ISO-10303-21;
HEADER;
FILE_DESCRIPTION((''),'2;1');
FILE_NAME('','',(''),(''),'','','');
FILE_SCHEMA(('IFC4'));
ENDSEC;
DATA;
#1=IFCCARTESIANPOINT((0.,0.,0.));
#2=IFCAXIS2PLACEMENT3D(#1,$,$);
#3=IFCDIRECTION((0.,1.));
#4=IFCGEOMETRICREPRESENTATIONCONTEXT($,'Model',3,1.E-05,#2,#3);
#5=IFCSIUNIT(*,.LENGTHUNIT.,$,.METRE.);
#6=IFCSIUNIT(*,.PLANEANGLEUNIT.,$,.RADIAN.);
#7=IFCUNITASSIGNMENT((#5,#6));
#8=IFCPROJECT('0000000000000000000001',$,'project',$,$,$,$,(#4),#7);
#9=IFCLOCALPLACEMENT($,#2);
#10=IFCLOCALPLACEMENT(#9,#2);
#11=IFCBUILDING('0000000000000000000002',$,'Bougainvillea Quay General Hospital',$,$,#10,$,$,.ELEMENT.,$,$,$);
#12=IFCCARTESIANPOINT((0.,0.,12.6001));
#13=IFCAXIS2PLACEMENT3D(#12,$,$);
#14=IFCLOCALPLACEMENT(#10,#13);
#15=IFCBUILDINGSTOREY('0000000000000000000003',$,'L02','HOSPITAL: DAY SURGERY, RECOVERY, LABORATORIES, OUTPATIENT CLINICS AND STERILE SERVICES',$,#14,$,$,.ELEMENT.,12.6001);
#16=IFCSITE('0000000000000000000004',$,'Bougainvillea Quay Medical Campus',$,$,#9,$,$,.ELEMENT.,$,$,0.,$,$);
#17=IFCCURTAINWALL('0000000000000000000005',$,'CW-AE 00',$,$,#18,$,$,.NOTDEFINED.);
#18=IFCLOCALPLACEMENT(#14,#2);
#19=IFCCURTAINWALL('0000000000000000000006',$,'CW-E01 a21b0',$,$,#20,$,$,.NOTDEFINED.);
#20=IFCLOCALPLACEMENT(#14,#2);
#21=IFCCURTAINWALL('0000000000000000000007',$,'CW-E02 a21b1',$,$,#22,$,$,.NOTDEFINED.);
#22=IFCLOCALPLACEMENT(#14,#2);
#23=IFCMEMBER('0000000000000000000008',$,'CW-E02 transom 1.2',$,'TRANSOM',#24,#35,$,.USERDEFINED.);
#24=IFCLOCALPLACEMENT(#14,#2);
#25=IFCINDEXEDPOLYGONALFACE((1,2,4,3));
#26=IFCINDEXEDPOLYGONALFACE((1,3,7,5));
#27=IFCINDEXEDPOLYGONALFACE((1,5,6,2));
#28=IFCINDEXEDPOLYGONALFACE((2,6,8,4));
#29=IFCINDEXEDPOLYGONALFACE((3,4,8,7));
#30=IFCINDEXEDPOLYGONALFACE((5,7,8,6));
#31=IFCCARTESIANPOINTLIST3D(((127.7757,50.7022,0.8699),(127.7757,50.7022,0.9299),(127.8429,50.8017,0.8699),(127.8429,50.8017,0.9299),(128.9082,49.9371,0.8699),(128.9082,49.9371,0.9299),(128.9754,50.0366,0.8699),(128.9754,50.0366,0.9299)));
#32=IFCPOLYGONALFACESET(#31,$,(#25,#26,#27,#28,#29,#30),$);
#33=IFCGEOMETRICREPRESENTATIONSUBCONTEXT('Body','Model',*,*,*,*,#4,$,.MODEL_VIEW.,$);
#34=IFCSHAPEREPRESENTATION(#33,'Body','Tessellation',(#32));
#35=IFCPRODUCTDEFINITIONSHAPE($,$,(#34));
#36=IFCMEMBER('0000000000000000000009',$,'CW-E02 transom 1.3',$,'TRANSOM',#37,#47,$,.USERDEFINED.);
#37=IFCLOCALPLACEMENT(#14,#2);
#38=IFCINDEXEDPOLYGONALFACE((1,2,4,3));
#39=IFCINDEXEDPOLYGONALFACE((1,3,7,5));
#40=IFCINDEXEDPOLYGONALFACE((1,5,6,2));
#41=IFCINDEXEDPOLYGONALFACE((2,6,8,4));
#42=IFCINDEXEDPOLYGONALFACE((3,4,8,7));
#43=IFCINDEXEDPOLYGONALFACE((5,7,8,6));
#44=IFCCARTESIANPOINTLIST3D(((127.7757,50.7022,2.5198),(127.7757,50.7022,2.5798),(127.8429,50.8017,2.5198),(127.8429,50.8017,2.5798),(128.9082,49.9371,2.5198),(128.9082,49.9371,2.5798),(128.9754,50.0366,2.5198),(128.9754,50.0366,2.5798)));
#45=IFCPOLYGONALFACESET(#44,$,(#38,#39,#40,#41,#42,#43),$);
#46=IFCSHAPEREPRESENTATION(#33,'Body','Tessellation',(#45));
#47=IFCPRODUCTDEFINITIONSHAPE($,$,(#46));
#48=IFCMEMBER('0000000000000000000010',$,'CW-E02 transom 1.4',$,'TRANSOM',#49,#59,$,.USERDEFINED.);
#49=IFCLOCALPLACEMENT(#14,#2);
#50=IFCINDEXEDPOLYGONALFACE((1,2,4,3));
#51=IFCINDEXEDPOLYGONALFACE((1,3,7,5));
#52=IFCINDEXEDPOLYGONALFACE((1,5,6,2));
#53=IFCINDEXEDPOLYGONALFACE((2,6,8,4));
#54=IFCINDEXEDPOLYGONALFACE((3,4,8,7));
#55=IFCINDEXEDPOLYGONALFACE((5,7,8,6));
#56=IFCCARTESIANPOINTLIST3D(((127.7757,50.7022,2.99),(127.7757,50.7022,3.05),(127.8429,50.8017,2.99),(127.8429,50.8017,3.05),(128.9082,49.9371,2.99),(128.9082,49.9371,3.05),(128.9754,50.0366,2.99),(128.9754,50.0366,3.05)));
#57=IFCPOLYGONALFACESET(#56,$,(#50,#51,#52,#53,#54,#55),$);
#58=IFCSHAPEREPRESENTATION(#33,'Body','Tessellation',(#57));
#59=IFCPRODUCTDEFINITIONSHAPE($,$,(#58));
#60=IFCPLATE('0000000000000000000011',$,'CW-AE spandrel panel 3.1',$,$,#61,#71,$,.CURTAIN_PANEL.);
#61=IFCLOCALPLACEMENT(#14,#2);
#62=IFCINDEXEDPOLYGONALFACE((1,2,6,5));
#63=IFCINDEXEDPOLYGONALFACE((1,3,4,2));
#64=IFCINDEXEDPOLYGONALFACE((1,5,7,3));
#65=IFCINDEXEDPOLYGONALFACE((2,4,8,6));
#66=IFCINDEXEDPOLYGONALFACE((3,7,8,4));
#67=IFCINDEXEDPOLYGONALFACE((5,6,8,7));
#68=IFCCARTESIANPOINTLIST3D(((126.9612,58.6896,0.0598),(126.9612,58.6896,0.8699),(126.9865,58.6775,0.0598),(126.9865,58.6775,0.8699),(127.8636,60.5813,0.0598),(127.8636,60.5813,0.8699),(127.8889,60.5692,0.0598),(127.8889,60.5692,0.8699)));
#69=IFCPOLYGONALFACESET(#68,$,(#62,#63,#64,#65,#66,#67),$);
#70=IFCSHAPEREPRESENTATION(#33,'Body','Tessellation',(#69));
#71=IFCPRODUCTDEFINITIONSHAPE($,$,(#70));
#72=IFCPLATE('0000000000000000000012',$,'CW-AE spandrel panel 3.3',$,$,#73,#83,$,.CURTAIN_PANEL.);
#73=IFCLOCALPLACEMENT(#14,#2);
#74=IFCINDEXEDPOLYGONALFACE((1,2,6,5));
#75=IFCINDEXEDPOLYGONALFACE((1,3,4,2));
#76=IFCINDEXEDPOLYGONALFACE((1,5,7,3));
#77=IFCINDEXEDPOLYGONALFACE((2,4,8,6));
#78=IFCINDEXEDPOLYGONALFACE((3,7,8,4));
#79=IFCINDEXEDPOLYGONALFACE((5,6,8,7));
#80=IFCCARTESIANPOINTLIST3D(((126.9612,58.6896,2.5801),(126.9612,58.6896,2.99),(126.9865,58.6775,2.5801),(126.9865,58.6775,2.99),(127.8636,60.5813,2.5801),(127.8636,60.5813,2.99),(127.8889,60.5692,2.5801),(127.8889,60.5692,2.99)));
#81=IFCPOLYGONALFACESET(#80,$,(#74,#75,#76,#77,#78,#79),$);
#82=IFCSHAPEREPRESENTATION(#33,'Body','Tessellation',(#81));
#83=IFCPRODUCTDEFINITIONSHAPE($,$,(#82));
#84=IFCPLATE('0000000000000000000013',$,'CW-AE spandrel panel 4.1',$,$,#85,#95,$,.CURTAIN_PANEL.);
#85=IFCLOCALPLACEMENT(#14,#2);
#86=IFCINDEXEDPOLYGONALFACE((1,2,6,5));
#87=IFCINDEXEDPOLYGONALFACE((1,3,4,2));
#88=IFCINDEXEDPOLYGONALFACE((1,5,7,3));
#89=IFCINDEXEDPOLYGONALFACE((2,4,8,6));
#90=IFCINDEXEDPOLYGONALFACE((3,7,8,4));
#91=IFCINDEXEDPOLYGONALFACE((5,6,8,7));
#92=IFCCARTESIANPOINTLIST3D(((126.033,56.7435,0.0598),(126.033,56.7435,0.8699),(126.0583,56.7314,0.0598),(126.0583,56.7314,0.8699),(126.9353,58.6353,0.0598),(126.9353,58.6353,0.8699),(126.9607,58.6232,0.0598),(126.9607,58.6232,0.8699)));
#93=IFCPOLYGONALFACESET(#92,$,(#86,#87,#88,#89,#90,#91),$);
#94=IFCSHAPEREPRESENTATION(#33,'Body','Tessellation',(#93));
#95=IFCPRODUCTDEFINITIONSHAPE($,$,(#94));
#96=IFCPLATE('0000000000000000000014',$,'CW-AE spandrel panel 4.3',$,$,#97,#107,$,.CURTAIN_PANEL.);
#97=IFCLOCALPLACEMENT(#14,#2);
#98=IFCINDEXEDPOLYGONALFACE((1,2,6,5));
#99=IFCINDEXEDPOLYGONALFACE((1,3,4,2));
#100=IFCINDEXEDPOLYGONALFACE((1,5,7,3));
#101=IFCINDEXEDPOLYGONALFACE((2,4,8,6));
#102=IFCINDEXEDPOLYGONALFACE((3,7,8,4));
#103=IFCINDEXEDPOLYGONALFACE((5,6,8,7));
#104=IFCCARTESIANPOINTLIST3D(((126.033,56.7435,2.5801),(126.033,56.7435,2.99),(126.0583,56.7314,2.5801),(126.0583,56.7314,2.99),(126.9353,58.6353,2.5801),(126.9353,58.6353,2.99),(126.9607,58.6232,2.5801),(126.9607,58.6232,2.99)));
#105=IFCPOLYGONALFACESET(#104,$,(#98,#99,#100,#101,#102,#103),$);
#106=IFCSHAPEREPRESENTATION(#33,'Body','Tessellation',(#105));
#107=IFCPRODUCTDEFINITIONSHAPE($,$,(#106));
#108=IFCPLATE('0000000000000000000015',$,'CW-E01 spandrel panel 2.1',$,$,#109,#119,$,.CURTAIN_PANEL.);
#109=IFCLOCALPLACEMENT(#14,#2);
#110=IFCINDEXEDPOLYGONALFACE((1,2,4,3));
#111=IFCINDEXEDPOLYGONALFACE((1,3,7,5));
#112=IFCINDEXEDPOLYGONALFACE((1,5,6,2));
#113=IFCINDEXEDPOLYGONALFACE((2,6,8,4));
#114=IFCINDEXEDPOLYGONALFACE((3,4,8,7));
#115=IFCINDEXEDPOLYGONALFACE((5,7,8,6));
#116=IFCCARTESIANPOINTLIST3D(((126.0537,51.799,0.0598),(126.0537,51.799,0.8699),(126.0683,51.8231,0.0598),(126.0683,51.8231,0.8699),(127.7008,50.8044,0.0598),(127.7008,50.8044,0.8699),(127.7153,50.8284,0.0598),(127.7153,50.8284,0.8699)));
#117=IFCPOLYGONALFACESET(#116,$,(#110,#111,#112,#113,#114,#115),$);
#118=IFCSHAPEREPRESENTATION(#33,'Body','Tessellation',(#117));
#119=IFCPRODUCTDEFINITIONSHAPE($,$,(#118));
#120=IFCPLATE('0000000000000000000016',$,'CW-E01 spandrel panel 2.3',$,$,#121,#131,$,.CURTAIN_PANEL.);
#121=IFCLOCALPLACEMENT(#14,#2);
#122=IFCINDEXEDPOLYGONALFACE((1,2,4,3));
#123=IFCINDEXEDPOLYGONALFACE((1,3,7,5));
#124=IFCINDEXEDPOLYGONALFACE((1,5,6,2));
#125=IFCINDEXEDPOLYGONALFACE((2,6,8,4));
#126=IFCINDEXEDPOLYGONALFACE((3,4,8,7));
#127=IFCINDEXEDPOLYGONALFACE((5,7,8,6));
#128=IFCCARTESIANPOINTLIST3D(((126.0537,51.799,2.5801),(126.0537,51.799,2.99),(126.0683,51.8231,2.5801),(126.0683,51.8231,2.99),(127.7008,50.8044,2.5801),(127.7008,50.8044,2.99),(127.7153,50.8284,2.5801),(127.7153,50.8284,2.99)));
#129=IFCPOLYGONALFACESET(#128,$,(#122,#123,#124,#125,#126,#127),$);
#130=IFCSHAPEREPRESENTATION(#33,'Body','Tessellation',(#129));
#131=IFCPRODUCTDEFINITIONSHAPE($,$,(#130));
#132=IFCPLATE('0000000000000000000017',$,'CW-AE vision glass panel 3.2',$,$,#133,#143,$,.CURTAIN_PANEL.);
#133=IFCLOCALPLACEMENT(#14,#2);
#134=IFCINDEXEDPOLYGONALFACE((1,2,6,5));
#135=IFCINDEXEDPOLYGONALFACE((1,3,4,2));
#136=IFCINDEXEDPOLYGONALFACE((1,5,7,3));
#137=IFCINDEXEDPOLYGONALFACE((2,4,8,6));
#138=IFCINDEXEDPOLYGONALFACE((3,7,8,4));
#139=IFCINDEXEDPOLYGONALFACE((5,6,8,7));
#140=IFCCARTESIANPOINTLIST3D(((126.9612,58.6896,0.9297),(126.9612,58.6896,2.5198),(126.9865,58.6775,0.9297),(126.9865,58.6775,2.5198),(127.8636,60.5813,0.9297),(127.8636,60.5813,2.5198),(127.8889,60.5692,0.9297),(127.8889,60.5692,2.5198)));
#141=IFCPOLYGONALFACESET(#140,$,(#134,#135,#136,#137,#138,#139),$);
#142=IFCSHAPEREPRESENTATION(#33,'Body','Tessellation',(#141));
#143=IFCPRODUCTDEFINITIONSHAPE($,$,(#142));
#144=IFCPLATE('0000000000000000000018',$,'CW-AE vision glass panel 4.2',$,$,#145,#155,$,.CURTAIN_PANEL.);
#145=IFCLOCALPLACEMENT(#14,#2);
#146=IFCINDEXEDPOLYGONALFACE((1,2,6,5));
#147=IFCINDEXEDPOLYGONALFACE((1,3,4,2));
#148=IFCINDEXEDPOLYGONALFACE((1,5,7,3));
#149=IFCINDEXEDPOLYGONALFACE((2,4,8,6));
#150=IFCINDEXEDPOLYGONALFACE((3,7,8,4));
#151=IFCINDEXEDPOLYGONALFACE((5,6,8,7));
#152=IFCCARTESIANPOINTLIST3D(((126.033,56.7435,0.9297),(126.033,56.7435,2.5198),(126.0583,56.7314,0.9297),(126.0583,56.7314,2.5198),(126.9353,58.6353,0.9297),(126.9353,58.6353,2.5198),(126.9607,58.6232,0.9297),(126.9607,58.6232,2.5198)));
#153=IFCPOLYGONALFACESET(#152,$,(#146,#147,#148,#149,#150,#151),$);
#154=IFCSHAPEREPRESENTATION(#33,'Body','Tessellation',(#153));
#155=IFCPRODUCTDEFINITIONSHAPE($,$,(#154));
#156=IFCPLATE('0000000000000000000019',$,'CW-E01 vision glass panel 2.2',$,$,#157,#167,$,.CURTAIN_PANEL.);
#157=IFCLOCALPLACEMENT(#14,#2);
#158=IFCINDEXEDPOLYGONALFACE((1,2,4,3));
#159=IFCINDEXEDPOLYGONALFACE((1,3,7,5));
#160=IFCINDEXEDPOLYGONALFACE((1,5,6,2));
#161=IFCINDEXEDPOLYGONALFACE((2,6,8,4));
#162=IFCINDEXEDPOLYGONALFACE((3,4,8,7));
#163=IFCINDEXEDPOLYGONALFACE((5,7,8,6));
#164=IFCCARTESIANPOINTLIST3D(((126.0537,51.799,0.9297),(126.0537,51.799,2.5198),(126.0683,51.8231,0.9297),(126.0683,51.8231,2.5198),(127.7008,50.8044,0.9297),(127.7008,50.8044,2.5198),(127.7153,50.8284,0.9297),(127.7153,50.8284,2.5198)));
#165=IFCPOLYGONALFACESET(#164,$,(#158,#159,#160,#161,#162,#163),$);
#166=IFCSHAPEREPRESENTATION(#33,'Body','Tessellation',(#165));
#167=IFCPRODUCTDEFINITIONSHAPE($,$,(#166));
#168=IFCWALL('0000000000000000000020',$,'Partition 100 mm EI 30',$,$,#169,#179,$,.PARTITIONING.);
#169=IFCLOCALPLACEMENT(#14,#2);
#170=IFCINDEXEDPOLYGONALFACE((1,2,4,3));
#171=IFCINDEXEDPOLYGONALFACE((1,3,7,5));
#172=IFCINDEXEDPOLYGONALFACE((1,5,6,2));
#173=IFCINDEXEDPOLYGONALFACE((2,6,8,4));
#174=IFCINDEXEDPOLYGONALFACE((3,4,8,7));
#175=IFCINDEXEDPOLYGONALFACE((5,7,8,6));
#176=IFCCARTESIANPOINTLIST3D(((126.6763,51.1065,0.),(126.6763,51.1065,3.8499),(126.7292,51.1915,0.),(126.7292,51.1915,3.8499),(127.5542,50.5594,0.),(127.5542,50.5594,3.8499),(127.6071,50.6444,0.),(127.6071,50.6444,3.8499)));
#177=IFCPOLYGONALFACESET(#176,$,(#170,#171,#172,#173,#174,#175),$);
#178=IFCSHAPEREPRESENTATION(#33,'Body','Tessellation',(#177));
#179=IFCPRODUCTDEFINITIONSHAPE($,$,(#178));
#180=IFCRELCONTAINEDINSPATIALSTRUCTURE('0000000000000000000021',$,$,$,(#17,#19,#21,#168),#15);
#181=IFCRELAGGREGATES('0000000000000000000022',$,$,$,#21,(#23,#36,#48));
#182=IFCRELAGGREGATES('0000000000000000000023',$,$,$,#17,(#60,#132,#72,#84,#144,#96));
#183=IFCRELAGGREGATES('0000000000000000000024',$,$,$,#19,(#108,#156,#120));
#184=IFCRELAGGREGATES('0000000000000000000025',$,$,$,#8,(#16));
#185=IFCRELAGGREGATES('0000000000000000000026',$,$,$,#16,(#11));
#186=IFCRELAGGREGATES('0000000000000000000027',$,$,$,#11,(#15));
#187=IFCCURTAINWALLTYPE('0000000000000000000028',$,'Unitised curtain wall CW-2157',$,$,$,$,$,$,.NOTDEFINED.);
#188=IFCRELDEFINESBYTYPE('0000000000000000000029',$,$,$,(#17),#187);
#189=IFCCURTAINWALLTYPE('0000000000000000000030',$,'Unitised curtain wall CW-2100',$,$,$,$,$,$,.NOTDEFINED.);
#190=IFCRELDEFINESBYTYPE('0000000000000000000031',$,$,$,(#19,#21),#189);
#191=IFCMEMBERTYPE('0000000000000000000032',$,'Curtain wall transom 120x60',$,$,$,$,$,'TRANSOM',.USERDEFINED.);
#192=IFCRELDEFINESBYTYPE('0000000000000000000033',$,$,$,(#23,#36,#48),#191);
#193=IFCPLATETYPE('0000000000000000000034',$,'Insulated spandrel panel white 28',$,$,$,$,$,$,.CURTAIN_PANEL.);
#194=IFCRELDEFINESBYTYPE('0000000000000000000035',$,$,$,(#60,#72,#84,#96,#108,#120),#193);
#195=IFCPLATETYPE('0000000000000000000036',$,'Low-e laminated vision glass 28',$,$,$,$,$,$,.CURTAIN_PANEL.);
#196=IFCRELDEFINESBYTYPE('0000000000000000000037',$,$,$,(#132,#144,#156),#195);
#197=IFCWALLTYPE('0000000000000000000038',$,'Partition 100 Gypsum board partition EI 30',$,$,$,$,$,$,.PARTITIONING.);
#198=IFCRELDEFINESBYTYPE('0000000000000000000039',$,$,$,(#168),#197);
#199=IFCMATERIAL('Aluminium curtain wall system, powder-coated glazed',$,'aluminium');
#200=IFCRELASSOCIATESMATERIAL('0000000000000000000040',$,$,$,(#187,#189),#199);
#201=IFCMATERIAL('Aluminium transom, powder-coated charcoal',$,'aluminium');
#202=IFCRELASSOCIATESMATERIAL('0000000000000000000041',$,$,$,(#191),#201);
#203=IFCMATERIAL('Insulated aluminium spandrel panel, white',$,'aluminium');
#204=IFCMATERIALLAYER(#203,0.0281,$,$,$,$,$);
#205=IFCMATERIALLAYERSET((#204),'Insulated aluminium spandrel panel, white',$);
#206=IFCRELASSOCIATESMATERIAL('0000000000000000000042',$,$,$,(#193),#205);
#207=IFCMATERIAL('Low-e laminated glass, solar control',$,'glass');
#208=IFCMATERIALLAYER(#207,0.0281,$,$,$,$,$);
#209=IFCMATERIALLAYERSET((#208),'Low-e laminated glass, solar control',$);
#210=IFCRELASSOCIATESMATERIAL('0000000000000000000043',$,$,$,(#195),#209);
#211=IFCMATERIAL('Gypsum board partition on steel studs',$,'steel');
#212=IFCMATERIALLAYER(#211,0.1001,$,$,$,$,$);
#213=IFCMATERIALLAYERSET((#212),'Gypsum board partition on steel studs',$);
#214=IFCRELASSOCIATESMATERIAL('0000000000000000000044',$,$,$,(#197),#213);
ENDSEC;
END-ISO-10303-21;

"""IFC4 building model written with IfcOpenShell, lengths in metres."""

from ifc_helpers import new_model, si_unit, direction, frame, frame_2d, origin, origin_2d, place, context, subcontext, project, spatial, rectangle, extrude, material, layer, layer_set, material_profile, profile_set, type_object, element, aggregate, save


model = new_model("IFC4")

# Units and contexts
model_context = context("Model", 3, precision=1e-05, world=origin(), true_north=direction((0.0, 1.0)))
body_context = subcontext(model_context, "Body", "Model", "MODEL_VIEW")
ifc_project = project(units=[si_unit("LENGTHUNIT", "METRE"), si_unit("PLANEANGLEUNIT", "RADIAN")], contexts=[model_context])

# Site, building, storey
site_placement = place(None, origin())
site = spatial("IfcSite", under=ifc_project, at=site_placement, Name="Bougainvillea Quay Medical Campus", CompositionType="ELEMENT", RefElevation=0.0)
building_placement = place(site_placement, origin())
building = spatial("IfcBuilding", under=site, at=building_placement, Name="Bougainvillea Quay General Hospital", CompositionType="ELEMENT")
storey_placement = place(building_placement, frame((0.0, 0.0, 12.6001)))
storey = spatial("IfcBuildingStorey", under=building, at=storey_placement, Name="L02", Description="HOSPITAL: DAY SURGERY, RECOVERY, LABORATORIES, OUTPATIENT CLINICS AND STERILE SERVICES", CompositionType="ELEMENT", Elevation=12.6001)

# Curtain walls
ifc_material_1 = material(Name="Aluminium curtain wall system, powder-coated glazed", Category="aluminium")
curtain_wall_type_1 = type_object("IfcCurtainWallType", Name="Unitised curtain wall CW-2157", PredefinedType="NOTDEFINED", material=ifc_material_1)
curtain_wall_1_placement = place(storey_placement, origin())
curtain_wall_1 = element("IfcCurtainWall", 1, at=curtain_wall_1_placement, inside=storey, type_object=curtain_wall_type_1, Name="CW-AE 00", PredefinedType="NOTDEFINED")
curtain_wall_type_2 = type_object("IfcCurtainWallType", Name="Unitised curtain wall CW-2100", PredefinedType="NOTDEFINED", material=ifc_material_1)
curtain_wall_2_placement = place(storey_placement, origin())
curtain_wall_2 = element("IfcCurtainWall", 2, at=curtain_wall_2_placement, inside=storey, type_object=curtain_wall_type_2, Name="CW-E01 a21b0", PredefinedType="NOTDEFINED")
curtain_wall_3_placement = place(storey_placement, origin())
curtain_wall_3 = element("IfcCurtainWall", 3, at=curtain_wall_3_placement, inside=storey, type_object=curtain_wall_type_2, Name="CW-E02 a21b1", PredefinedType="NOTDEFINED")

# Members
ifc_material_2 = material(Name="Aluminium transom, powder-coated charcoal", Category="aluminium")
ifc_material_profile_1 = material_profile(ifc_material_2, rectangle(XDim=0.1201, YDim=0.0601, at=origin_2d()))
ifc_profile_set_1 = profile_set([ifc_material_profile_1], Name="Aluminium transom, powder-coated charcoal")
member_type_1 = type_object("IfcMemberType", Name="Curtain wall transom 120x60", ElementType="TRANSOM", PredefinedType="USERDEFINED", material=ifc_profile_set_1)
member_1_placement = place(storey_placement, frame((127.8093, 50.752, 0.8999), z_axis=(0.828627, -0.559801, 0.0), x_axis=(0.559801, 0.828627, 0.0)))
member_1 = element("IfcMember", 4, at=member_1_placement, type_object=member_type_1, Name="CW-E02 transom 1.2", ObjectType="TRANSOM", PredefinedType="USERDEFINED", context=body_context, shape_type="SweptSolid", body=[
    extrude(rectangle(XDim=0.1201, YDim=0.0601, at=origin_2d()), origin(), (0.0, 0.0, 1.0), 1.3667),
])
member_2_placement = place(storey_placement, frame((127.8093, 50.752, 2.5498), z_axis=(0.828627, -0.559801, 0.0), x_axis=(0.559801, 0.828627, 0.0)))
member_2 = element("IfcMember", 5, at=member_2_placement, type_object=member_type_1, Name="CW-E02 transom 1.3", ObjectType="TRANSOM", PredefinedType="USERDEFINED", context=body_context, shape_type="SweptSolid", body=[
    extrude(rectangle(XDim=0.1201, YDim=0.0601, at=origin_2d()), origin(), (0.0, 0.0, 1.0), 1.3667),
])
member_3_placement = place(storey_placement, frame((127.8093, 50.752, 3.02), z_axis=(0.828627, -0.559801, 0.0), x_axis=(0.559801, 0.828627, 0.0)))
member_3 = element("IfcMember", 6, at=member_3_placement, type_object=member_type_1, Name="CW-E02 transom 1.4", ObjectType="TRANSOM", PredefinedType="USERDEFINED", context=body_context, shape_type="SweptSolid", body=[
    extrude(rectangle(XDim=0.1201, YDim=0.0601, at=origin_2d()), origin(), (0.0, 0.0, 1.0), 1.3667),
])
aggregate(curtain_wall_3, [member_1, member_2, member_3])

# Plates
ifc_material_3 = material(Name="Insulated aluminium spandrel panel, white", Category="aluminium")
ifc_layer_1 = layer(ifc_material_3, 0.0281)
ifc_layer_set_1 = layer_set([ifc_layer_1], Name="Insulated aluminium spandrel panel, white")
plate_type_1 = type_object("IfcPlateType", Name="Insulated spandrel panel white 28", PredefinedType="CURTAIN_PANEL", material=ifc_layer_set_1)
plate_1_placement = place(storey_placement, frame((127.425, 59.6294, 0.0598), z_axis=(0.0, 0.0, 1.0), x_axis=(-0.43053, -0.902576, 0.0)))
plate_1 = element("IfcPlate", 7, at=plate_1_placement, type_object=plate_type_1, Name="CW-AE spandrel panel 3.1", PredefinedType="CURTAIN_PANEL", context=body_context, shape_type="SweptSolid", body=[
    extrude(rectangle(XDim=2.0959, YDim=0.0281, at=origin_2d()), origin(), (0.0, 0.0, 1.0), 0.8101),
])
plate_2_placement = place(storey_placement, frame((127.425, 59.6294, 2.5801), z_axis=(0.0, 0.0, 1.0), x_axis=(-0.43053, -0.902576, 0.0)))
plate_2 = element("IfcPlate", 8, at=plate_2_placement, type_object=plate_type_1, Name="CW-AE spandrel panel 3.3", PredefinedType="CURTAIN_PANEL", context=body_context, shape_type="SweptSolid", body=[
    extrude(rectangle(XDim=2.0959, YDim=0.0281, at=origin_2d()), origin(), (0.0, 0.0, 1.0), 0.4099),
])
plate_3_placement = place(storey_placement, frame((126.4968, 57.6833, 0.0598), z_axis=(0.0, 0.0, 1.0), x_axis=(-0.43053, -0.902576, 0.0)))
plate_3 = element("IfcPlate", 9, at=plate_3_placement, type_object=plate_type_1, Name="CW-AE spandrel panel 4.1", PredefinedType="CURTAIN_PANEL", context=body_context, shape_type="SweptSolid", body=[
    extrude(rectangle(XDim=2.0959, YDim=0.0281, at=origin_2d()), origin(), (0.0, 0.0, 1.0), 0.8101),
])
plate_4_placement = place(storey_placement, frame((126.4968, 57.6833, 2.5801), z_axis=(0.0, 0.0, 1.0), x_axis=(-0.43053, -0.902576, 0.0)))
plate_4 = element("IfcPlate", 10, at=plate_4_placement, type_object=plate_type_1, Name="CW-AE spandrel panel 4.3", PredefinedType="CURTAIN_PANEL", context=body_context, shape_type="SweptSolid", body=[
    extrude(rectangle(XDim=2.0959, YDim=0.0281, at=origin_2d()), origin(), (0.0, 0.0, 1.0), 0.4099),
])
plate_5_placement = place(storey_placement, frame((126.8845, 51.3137, 0.0598), z_axis=(0.0, 0.0, 1.0), x_axis=(0.856023, -0.516938, 0.0)))
plate_5 = element("IfcPlate", 11, at=plate_5_placement, type_object=plate_type_1, Name="CW-E01 spandrel panel 2.1", PredefinedType="CURTAIN_PANEL", context=body_context, shape_type="SweptSolid", body=[
    extrude(rectangle(XDim=1.9241, YDim=0.0281, at=origin_2d()), origin(), (0.0, 0.0, 1.0), 0.8101),
])
plate_6_placement = place(storey_placement, frame((126.8845, 51.3137, 2.5801), z_axis=(0.0, 0.0, 1.0), x_axis=(0.856023, -0.516938, 0.0)))
plate_6 = element("IfcPlate", 12, at=plate_6_placement, type_object=plate_type_1, Name="CW-E01 spandrel panel 2.3", PredefinedType="CURTAIN_PANEL", context=body_context, shape_type="SweptSolid", body=[
    extrude(rectangle(XDim=1.9241, YDim=0.0281, at=origin_2d()), origin(), (0.0, 0.0, 1.0), 0.4099),
])
ifc_material_4 = material(Name="Low-e laminated glass, solar control", Category="glass")
ifc_layer_2 = layer(ifc_material_4, 0.0281)
ifc_layer_set_2 = layer_set([ifc_layer_2], Name="Low-e laminated glass, solar control")
plate_type_2 = type_object("IfcPlateType", Name="Low-e laminated vision glass 28", PredefinedType="CURTAIN_PANEL", material=ifc_layer_set_2)
plate_7_placement = place(storey_placement, frame((127.425, 59.6294, 0.9297), z_axis=(0.0, 0.0, 1.0), x_axis=(-0.43053, -0.902576, 0.0)))
plate_7 = element("IfcPlate", 13, at=plate_7_placement, type_object=plate_type_2, Name="CW-AE vision glass panel 3.2", PredefinedType="CURTAIN_PANEL", context=body_context, shape_type="SweptSolid", body=[
    extrude(rectangle(XDim=2.0959, YDim=0.0281, at=origin_2d()), origin(), (0.0, 0.0, 1.0), 1.5901),
])
plate_8_placement = place(storey_placement, frame((126.4968, 57.6833, 0.9297), z_axis=(0.0, 0.0, 1.0), x_axis=(-0.43053, -0.902576, 0.0)))
plate_8 = element("IfcPlate", 14, at=plate_8_placement, type_object=plate_type_2, Name="CW-AE vision glass panel 4.2", PredefinedType="CURTAIN_PANEL", context=body_context, shape_type="SweptSolid", body=[
    extrude(rectangle(XDim=2.0959, YDim=0.0281, at=origin_2d()), origin(), (0.0, 0.0, 1.0), 1.5901),
])
aggregate(curtain_wall_1, [plate_1, plate_7, plate_2, plate_3, plate_8, plate_4])
plate_9_placement = place(storey_placement, frame((126.8845, 51.3137, 0.9297), z_axis=(0.0, 0.0, 1.0), x_axis=(0.856023, -0.516938, 0.0)))
plate_9 = element("IfcPlate", 15, at=plate_9_placement, type_object=plate_type_2, Name="CW-E01 vision glass panel 2.2", PredefinedType="CURTAIN_PANEL", context=body_context, shape_type="SweptSolid", body=[
    extrude(rectangle(XDim=1.9241, YDim=0.0281, at=origin_2d()), origin(), (0.0, 0.0, 1.0), 1.5901),
])
aggregate(curtain_wall_2, [plate_5, plate_9, plate_6])

# Wall
ifc_material_5 = material(Name="Gypsum board partition on steel studs", Category="steel")
ifc_layer_3 = layer(ifc_material_5, 0.1001)
ifc_layer_set_3 = layer_set([ifc_layer_3], Name="Gypsum board partition on steel studs")
wall_type_1 = type_object("IfcWallType", Name="Partition 100 Gypsum board partition EI 30", PredefinedType="PARTITIONING", material=ifc_layer_set_3)
wall_1_placement = place(storey_placement, frame((126.7029, 51.1489, 0.0), z_axis=(0.0, 0.0, 1.0), x_axis=(0.848687, -0.528895, 0.0)))
element("IfcWall", 16, at=wall_1_placement, inside=storey, type_object=wall_type_1, Name="Partition 100 mm EI 30", PredefinedType="PARTITIONING", context=body_context, shape_type="SweptSolid", body=[
    extrude(rectangle(XDim=1.0344, YDim=0.1001, at=frame_2d((0.5171, 0.0))), origin(), (0.0, 0.0, 1.0), 3.8499),
])

save(model, "model.ifc")
